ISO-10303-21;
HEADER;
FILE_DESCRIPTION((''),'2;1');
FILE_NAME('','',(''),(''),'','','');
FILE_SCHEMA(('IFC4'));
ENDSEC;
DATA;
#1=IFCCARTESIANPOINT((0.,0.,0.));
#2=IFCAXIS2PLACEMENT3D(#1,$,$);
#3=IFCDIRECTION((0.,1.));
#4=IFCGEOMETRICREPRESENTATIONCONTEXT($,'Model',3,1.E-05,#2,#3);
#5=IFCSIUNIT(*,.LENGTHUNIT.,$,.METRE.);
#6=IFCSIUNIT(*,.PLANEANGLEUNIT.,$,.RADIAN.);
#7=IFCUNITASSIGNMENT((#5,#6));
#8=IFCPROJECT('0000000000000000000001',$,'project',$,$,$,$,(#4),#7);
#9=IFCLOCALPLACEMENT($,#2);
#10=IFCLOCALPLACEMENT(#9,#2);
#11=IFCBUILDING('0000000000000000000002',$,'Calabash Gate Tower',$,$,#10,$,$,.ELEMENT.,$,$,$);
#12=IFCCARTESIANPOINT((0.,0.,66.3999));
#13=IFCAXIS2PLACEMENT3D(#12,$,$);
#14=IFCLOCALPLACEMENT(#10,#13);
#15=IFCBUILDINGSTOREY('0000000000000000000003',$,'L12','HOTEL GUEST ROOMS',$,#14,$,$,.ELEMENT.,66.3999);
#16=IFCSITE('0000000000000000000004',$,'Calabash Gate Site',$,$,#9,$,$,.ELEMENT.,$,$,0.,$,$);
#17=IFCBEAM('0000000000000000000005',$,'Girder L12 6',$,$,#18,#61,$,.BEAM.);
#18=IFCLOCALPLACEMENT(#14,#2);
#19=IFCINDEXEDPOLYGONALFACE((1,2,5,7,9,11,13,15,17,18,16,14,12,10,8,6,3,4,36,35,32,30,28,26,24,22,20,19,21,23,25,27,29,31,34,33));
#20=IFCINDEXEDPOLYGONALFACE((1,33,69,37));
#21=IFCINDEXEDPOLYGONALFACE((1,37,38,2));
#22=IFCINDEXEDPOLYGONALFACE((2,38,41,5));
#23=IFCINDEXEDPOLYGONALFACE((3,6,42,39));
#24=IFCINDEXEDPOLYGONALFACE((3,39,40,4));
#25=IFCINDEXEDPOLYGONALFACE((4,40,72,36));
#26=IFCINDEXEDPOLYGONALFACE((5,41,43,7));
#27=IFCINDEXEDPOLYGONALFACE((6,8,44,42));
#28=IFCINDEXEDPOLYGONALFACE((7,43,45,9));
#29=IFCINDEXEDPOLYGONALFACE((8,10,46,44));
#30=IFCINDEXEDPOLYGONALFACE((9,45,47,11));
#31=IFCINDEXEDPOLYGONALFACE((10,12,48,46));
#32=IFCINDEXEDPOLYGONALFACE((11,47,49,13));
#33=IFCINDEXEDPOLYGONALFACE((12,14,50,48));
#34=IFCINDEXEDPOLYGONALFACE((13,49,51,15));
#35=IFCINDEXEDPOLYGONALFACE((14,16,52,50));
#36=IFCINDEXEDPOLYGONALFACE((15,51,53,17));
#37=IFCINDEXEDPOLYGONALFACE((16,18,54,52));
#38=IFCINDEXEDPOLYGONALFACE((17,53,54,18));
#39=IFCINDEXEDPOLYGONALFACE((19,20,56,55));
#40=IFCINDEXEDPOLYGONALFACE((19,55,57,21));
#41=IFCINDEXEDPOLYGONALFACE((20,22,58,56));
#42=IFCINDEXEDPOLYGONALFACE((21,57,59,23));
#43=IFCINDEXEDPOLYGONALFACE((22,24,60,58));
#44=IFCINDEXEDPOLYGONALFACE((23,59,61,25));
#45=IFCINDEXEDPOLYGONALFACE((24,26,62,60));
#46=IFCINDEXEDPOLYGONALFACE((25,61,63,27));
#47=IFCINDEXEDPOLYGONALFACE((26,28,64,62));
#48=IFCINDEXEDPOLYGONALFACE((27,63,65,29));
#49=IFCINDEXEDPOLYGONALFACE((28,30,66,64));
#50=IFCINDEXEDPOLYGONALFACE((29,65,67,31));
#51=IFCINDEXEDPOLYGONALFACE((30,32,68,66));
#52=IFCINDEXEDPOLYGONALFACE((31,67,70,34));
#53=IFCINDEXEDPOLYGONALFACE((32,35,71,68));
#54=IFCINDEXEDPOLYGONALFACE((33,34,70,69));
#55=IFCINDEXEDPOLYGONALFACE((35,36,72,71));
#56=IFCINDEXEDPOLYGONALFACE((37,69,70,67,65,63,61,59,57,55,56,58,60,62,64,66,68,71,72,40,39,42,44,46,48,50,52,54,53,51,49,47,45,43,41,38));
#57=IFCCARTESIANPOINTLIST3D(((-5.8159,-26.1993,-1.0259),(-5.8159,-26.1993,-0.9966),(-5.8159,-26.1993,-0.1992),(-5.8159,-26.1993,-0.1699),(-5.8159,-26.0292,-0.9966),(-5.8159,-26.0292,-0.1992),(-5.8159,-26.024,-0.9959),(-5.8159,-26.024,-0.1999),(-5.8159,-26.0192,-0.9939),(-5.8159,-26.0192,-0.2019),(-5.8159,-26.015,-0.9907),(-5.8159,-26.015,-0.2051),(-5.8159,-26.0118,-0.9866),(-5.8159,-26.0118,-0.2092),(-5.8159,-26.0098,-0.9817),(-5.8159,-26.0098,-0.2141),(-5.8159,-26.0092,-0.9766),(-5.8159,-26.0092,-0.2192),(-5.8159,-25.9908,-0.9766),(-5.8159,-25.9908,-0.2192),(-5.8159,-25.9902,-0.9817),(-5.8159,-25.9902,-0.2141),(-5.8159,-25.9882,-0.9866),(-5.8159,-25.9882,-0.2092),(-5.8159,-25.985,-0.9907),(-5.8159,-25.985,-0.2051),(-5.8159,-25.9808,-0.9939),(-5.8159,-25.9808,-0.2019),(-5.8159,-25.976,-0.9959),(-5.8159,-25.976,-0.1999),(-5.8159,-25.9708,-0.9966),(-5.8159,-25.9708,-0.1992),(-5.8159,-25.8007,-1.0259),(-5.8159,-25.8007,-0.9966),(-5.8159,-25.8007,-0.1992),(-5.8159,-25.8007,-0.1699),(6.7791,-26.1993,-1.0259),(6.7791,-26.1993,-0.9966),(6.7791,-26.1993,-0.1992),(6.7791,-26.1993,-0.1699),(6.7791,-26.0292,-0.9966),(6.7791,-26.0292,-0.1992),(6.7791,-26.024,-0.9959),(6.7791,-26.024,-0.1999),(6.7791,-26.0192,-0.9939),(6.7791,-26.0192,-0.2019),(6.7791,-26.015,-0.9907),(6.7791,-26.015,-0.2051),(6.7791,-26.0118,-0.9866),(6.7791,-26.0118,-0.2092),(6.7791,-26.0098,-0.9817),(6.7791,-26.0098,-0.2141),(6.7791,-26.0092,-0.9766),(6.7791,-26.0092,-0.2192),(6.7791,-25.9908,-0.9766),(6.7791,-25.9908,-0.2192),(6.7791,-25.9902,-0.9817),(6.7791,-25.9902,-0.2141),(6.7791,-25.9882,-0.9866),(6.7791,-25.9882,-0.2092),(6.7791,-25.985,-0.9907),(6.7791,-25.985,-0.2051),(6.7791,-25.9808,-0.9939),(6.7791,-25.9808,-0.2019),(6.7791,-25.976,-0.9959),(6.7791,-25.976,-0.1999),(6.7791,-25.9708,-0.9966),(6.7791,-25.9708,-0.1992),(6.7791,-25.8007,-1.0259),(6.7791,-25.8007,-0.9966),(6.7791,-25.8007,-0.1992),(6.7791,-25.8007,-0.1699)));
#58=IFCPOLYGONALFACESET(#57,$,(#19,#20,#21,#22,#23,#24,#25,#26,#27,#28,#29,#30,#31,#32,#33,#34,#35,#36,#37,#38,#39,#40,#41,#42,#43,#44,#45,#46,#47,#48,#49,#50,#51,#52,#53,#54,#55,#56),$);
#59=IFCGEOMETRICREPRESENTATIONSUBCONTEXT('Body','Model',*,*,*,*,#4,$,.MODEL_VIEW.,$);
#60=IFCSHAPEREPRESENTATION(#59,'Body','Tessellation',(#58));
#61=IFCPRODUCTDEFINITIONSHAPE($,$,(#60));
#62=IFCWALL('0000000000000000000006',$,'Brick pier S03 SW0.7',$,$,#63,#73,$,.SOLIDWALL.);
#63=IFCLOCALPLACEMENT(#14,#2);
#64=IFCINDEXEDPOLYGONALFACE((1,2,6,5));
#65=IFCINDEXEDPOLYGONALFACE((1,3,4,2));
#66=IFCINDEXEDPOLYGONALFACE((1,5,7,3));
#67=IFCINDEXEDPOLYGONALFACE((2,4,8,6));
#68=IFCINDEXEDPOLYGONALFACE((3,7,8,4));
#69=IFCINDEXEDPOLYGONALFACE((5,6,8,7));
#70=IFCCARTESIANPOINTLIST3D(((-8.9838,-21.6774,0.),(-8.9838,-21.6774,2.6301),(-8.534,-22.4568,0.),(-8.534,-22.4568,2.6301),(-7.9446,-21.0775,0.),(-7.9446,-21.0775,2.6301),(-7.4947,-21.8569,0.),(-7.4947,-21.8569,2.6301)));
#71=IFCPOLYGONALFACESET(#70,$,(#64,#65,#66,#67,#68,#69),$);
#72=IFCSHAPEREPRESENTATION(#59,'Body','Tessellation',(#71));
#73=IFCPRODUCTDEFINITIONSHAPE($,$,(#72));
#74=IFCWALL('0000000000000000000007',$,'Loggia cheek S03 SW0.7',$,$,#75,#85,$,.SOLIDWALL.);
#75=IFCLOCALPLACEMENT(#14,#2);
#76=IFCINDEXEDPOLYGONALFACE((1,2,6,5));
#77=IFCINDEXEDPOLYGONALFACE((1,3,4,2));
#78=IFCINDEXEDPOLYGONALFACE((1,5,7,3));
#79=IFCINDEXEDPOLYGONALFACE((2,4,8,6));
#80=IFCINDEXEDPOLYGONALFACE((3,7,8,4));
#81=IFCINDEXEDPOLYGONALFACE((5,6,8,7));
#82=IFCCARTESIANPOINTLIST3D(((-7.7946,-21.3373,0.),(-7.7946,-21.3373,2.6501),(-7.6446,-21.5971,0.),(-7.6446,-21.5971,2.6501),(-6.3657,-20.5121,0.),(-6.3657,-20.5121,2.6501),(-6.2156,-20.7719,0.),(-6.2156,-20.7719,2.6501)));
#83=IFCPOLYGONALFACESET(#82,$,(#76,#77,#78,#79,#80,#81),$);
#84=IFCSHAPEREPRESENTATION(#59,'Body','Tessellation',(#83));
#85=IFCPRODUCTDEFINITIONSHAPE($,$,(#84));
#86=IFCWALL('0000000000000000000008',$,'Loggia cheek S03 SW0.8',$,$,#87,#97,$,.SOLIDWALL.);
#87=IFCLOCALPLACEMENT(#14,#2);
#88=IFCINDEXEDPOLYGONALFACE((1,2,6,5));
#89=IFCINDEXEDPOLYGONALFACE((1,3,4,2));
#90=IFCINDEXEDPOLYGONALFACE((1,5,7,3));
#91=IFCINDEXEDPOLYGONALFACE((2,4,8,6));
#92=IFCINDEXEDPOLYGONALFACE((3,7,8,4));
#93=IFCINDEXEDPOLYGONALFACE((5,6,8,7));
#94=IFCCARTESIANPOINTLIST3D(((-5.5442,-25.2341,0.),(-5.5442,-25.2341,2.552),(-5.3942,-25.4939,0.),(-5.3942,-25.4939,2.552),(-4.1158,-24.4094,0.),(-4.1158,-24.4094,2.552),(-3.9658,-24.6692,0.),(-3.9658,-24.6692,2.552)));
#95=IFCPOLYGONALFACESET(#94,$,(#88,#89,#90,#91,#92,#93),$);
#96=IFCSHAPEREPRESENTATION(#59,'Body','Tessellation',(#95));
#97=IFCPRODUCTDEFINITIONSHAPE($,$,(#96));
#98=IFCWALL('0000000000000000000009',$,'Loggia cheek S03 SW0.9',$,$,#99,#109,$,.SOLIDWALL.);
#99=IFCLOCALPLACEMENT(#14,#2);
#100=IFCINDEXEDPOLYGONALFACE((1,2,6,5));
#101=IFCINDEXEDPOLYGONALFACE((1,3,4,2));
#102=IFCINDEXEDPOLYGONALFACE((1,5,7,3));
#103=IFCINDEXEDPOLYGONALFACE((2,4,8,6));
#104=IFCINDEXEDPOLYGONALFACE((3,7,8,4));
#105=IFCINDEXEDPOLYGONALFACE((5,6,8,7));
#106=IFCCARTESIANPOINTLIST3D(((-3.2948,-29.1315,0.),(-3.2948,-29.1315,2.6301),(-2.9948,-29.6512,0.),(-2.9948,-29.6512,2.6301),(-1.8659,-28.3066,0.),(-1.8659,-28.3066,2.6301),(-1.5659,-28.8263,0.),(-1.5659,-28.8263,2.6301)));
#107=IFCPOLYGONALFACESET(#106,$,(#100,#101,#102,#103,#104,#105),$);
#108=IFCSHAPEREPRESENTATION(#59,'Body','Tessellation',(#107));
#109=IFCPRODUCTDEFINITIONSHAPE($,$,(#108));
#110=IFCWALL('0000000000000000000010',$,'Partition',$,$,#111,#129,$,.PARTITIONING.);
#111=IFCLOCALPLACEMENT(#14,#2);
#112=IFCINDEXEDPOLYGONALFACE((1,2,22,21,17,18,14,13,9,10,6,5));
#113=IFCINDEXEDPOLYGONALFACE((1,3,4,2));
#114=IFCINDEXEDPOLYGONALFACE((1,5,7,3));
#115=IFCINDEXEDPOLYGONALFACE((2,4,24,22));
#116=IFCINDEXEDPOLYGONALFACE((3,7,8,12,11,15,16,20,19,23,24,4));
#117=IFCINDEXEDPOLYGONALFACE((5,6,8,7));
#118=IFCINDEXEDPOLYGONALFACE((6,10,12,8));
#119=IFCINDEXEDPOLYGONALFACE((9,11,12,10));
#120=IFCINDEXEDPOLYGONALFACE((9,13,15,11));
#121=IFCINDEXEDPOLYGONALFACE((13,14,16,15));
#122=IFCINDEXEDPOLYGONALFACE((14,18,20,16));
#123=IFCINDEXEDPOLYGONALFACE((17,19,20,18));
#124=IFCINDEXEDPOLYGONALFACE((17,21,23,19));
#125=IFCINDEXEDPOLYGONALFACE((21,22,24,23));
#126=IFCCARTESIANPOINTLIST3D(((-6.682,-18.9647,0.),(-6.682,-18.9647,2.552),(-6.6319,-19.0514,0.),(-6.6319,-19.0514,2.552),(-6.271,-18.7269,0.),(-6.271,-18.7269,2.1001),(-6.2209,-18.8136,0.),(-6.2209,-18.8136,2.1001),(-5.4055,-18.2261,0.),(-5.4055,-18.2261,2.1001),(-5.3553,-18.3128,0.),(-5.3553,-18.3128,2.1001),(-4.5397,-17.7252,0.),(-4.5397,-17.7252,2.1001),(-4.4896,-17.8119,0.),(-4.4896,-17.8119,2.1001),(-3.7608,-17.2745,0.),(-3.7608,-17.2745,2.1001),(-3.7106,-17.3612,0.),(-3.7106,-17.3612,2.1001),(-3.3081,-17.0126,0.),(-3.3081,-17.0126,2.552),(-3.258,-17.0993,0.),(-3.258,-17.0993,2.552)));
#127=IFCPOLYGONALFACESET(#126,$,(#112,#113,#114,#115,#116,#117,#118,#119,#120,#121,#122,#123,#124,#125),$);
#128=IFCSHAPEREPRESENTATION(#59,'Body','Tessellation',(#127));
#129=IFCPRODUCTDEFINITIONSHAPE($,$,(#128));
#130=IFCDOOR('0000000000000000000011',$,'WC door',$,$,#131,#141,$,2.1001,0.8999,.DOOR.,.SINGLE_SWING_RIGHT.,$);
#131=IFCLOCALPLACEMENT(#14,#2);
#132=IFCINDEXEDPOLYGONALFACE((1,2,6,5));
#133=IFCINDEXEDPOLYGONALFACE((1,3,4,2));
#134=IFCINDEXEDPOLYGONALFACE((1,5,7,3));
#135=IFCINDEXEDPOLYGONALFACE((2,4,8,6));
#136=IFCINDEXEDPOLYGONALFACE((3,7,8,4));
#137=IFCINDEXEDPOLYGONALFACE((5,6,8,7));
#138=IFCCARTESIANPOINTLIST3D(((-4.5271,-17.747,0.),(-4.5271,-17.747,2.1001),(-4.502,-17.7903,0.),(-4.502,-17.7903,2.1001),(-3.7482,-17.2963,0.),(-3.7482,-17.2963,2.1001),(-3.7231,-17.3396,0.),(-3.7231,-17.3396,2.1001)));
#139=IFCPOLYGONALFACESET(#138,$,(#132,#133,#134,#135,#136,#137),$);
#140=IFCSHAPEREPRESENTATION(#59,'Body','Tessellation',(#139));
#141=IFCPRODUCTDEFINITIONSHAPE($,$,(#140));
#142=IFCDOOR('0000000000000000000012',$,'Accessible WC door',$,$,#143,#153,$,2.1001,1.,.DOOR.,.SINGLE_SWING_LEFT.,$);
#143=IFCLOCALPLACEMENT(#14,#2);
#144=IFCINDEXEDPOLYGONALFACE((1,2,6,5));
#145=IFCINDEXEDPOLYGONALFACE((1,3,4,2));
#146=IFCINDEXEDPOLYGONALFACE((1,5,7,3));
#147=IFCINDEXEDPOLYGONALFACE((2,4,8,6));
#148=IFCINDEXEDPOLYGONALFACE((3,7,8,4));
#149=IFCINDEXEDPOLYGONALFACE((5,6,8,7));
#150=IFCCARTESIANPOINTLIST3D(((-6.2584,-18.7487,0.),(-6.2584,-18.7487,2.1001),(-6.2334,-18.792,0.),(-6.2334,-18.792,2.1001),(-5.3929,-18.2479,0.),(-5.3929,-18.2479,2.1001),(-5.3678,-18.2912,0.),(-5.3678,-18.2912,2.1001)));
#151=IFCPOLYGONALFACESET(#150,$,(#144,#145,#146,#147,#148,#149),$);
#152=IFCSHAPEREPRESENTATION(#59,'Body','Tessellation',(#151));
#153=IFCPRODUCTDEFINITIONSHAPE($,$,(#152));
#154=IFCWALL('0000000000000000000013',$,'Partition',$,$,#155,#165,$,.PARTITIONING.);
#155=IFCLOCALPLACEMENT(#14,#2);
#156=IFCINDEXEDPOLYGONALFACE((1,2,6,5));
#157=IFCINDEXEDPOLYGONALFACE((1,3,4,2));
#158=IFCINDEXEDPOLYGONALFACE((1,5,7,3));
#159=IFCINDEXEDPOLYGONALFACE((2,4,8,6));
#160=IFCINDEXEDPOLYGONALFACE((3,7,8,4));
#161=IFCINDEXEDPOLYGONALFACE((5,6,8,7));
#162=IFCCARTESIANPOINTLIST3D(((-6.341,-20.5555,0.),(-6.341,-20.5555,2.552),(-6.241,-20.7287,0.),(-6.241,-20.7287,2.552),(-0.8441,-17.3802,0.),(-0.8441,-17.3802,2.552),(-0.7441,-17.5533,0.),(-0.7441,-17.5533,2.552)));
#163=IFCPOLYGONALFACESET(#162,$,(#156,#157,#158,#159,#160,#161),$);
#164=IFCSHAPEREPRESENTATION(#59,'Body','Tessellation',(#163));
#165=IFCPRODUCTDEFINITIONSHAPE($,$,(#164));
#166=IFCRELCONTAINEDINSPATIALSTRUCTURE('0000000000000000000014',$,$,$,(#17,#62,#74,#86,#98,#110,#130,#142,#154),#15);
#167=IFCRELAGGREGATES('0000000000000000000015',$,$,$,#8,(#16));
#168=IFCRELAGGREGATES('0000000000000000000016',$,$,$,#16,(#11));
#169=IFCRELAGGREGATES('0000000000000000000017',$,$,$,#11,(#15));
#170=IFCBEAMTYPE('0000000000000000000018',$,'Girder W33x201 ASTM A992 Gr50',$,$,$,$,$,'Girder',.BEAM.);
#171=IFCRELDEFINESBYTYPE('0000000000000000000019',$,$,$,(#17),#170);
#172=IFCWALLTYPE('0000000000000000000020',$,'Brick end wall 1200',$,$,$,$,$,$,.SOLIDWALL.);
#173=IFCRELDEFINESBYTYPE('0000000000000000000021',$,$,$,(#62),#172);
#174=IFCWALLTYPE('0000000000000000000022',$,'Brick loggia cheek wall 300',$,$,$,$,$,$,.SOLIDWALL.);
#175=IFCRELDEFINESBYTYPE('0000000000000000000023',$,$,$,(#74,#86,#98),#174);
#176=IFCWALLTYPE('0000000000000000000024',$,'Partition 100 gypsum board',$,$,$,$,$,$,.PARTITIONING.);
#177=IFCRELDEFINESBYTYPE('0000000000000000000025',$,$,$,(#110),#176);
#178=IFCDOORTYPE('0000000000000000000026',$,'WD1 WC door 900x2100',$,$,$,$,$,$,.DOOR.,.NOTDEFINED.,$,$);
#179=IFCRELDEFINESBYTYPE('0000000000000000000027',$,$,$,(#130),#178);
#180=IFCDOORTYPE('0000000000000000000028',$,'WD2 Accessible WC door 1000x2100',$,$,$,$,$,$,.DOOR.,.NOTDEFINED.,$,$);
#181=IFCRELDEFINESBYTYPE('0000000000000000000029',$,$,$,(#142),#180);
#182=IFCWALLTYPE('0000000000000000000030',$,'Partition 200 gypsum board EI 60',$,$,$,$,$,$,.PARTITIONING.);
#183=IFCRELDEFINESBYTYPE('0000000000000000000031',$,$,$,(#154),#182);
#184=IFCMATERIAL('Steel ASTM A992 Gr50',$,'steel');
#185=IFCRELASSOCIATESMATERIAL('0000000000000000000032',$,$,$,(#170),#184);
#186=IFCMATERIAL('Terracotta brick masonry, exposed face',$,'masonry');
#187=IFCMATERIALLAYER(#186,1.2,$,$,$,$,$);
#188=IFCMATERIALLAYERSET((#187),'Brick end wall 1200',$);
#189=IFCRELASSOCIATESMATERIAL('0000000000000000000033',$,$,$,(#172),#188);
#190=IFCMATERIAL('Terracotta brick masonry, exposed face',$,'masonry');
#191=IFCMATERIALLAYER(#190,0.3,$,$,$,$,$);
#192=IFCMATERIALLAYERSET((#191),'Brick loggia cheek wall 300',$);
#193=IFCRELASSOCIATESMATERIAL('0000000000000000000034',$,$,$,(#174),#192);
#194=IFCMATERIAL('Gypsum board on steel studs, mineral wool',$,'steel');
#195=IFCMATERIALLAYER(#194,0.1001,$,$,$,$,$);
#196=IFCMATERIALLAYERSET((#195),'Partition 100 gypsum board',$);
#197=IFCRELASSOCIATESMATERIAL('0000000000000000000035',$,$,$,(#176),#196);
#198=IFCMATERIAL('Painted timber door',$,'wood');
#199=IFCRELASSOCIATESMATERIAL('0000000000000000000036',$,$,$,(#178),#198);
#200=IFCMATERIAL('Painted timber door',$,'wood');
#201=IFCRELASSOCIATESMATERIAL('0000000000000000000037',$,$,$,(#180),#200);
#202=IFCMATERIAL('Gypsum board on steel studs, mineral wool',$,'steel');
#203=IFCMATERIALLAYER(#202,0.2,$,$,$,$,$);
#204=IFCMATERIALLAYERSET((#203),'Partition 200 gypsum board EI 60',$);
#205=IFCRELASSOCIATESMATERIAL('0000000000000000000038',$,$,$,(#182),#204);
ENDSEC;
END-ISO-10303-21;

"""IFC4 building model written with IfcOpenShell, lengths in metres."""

from ifc_helpers import new_model, si_unit, direction, frame, frame_2d, origin, origin_2d, place, context, subcontext, project, spatial, rectangle, i_section, extrude, material, layer, layer_set, material_profile, profile_set, type_object, element, fill, save


model = new_model("IFC4")

# Units and contexts
model_context = context("Model", 3, precision=1e-05, world=origin(), true_north=direction((0.0, 1.0)))
body_context = subcontext(model_context, "Body", "Model", "MODEL_VIEW")
ifc_project = project(units=[si_unit("LENGTHUNIT", "METRE"), si_unit("PLANEANGLEUNIT", "RADIAN")], contexts=[model_context])

# Site, building, storey
site_placement = place(None, origin())
site = spatial("IfcSite", under=ifc_project, at=site_placement, Name="Calabash Gate Site", CompositionType="ELEMENT", RefElevation=0.0)
building_placement = place(site_placement, origin())
building = spatial("IfcBuilding", under=site, at=building_placement, Name="Calabash Gate Tower", CompositionType="ELEMENT")
storey_placement = place(building_placement, frame((0.0, 0.0, 66.3999)))
storey = spatial("IfcBuildingStorey", under=building, at=storey_placement, Name="L12", Description="HOTEL GUEST ROOMS", CompositionType="ELEMENT", Elevation=66.3999)

# Beam
ifc_material_1 = material(Name="Steel ASTM A992 Gr50", Category="steel")
ifc_material_profile_1 = material_profile(ifc_material_1, i_section(OverallWidth=0.3987, OverallDepth=0.856, WebThickness=0.0183, FlangeThickness=0.0293, FilletRadius=0.02, at=origin_2d()))
ifc_profile_set_1 = profile_set([ifc_material_profile_1], Name="Steel ASTM A992 Gr50")
beam_type_1 = type_object("IfcBeamType", Name="Girder W33x201 ASTM A992 Gr50", ElementType="Girder", PredefinedType="BEAM", material=ifc_profile_set_1)
beam_1_placement = place(storey_placement, frame((-5.8159, -26.0, -0.5979), z_axis=(1.0, 0.0, 0.0), x_axis=(0.0, 1.0, 0.0)))
element("IfcBeam", 1, at=beam_1_placement, inside=storey, type_object=beam_type_1, Name="Girder L12 6", PredefinedType="BEAM", context=body_context, shape_type="SweptSolid", body=[
    extrude(i_section(OverallWidth=0.3987, OverallDepth=0.856, WebThickness=0.0183, FlangeThickness=0.0293, FilletRadius=0.02, at=origin_2d()), origin(), (0.0, 0.0, 1.0), 12.595),
])

# Walls
ifc_material_2 = material(Name="Terracotta brick masonry, exposed face", Category="masonry")
ifc_layer_1 = layer(ifc_material_2, 1.2)
ifc_layer_set_1 = layer_set([ifc_layer_1], Name="Brick end wall 1200")
wall_type_1 = type_object("IfcWallType", Name="Brick end wall 1200", PredefinedType="SOLIDWALL", material=ifc_layer_set_1)
wall_1_placement = place(storey_placement, frame((-8.759, -22.0671, 0.0), z_axis=(0.0, 0.0, 1.0), x_axis=(0.866094, 0.499881, 0.0)))
element("IfcWall", 2, at=wall_1_placement, inside=storey, type_object=wall_type_1, Name="Brick pier S03 SW0.7", PredefinedType="SOLIDWALL", context=body_context, shape_type="SweptSolid", body=[
    extrude(rectangle(XDim=1.2, YDim=0.8999, at=frame_2d((0.6001, 0.0))), origin(), (0.0, 0.0, 1.0), 2.6301),
])
ifc_material_3 = material(Name="Terracotta brick masonry, exposed face", Category="masonry")
ifc_layer_2 = layer(ifc_material_3, 0.3)
ifc_layer_set_2 = layer_set([ifc_layer_2], Name="Brick loggia cheek wall 300")
wall_type_2 = type_object("IfcWallType", Name="Brick loggia cheek wall 300", PredefinedType="SOLIDWALL", material=ifc_layer_set_2)
wall_2_placement = place(storey_placement, frame((-7.7197, -21.4673, 0.0), z_axis=(0.0, 0.0, 1.0), x_axis=(0.865976, 0.500085, 0.0)))
element("IfcWall", 3, at=wall_2_placement, inside=storey, type_object=wall_type_2, Name="Loggia cheek S03 SW0.7", PredefinedType="SOLIDWALL", context=body_context, shape_type="SweptSolid", body=[
    extrude(rectangle(XDim=1.6501, YDim=0.3, at=frame_2d((0.8252, 0.0))), origin(), (0.0, 0.0, 1.0), 2.6501),
])
wall_3_placement = place(storey_placement, frame((-5.4692, -25.364, 0.0), z_axis=(0.0, 0.0, 1.0), x_axis=(0.86603, 0.499992, 0.0)))
element("IfcWall", 4, at=wall_3_placement, inside=storey, type_object=wall_type_2, Name="Loggia cheek S03 SW0.8", PredefinedType="SOLIDWALL", context=body_context, shape_type="SweptSolid", body=[
    extrude(rectangle(XDim=1.6494, YDim=0.3, at=frame_2d((0.8247, 0.0))), origin(), (0.0, 0.0, 1.0), 2.552),
])
wall_4_placement = place(storey_placement, frame((-3.1448, -29.3914, 0.0), z_axis=(0.0, 0.0, 1.0), x_axis=(0.86604, 0.499974, 0.0)))
element("IfcWall", 5, at=wall_4_placement, inside=storey, type_object=wall_type_2, Name="Loggia cheek S03 SW0.9", PredefinedType="SOLIDWALL", context=body_context, shape_type="SweptSolid", body=[
    extrude(rectangle(XDim=1.6499, YDim=0.6001, at=frame_2d((0.825, 0.0))), origin(), (0.0, 0.0, 1.0), 2.6301),
])

# Wall, openings, doors
ifc_material_4 = material(Name="Gypsum board on steel studs, mineral wool", Category="steel")
ifc_layer_3 = layer(ifc_material_4, 0.1001)
ifc_layer_set_3 = layer_set([ifc_layer_3], Name="Partition 100 gypsum board")
wall_type_3 = type_object("IfcWallType", Name="Partition 100 gypsum board", PredefinedType="PARTITIONING", material=ifc_layer_set_3)
wall_5_placement = place(storey_placement, frame((-6.657, -19.0081, 0.0), z_axis=(0.0, 0.0, 1.0), x_axis=(0.865563, 0.500799, 0.0)))
wall_5 = element("IfcWall", 6, at=wall_5_placement, inside=storey, type_object=wall_type_3, Name="Partition", PredefinedType="PARTITIONING", context=body_context, shape_type="SweptSolid", body=[
    extrude(rectangle(XDim=3.8979, YDim=0.1001, at=frame_2d((1.949, 0.0))), origin(), (0.0, 0.0, 1.0), 2.552),
])
opening_1_placement = place(wall_5_placement, frame((2.4751, 0.0, 0.0)))
opening_1 = element("IfcOpeningElement", 7, at=opening_1_placement, cuts=wall_5, PredefinedType="OPENING", context=body_context, shape_type="SweptSolid", body=[
    extrude(rectangle(XDim=0.8999, YDim=2.1001, at=frame_2d((0.45, 1.05))), frame((0.0, 0.0601, 0.0), z_axis=(0.0, -1.0, 0.0), x_axis=(1.0, 0.0, 0.0)), (0.0, 0.0, 1.0), 0.1201),
])
opening_2_placement = place(wall_5_placement, frame((0.4749, 0.0, 0.0)))
opening_2 = element("IfcOpeningElement", 8, at=opening_2_placement, cuts=wall_5, PredefinedType="OPENING", context=body_context, shape_type="SweptSolid", body=[
    extrude(rectangle(XDim=1.0, YDim=2.1001, at=frame_2d((0.5, 1.05))), frame((0.0, 0.0601, 0.0), z_axis=(0.0, -1.0, 0.0), x_axis=(1.0, 0.0, 0.0)), (0.0, 0.0, 1.0), 0.1201),
])
ifc_material_5 = material(Name="Painted timber door", Category="wood")
door_type_1 = type_object("IfcDoorType", Name="WD1 WC door 900x2100", OperationType="NOTDEFINED", PredefinedType="DOOR", material=ifc_material_5)
door_1_placement = place(opening_1_placement, origin())
door_1 = element("IfcDoor", 9, at=door_1_placement, inside=storey, type_object=door_type_1, Name="WC door", OperationType="SINGLE_SWING_RIGHT", OverallHeight=2.1001, OverallWidth=0.8999, PredefinedType="DOOR", context=body_context, shape_type="SweptSolid", body=[
    extrude(rectangle(XDim=0.8999, YDim=2.1001, at=frame_2d((0.45, 1.05))), frame((0.0, 0.0249, 0.0), z_axis=(0.0, -1.0, 0.0), x_axis=(1.0, 0.0, 0.0)), (0.0, 0.0, 1.0), 0.05),
])
fill(opening_1, door_1)
ifc_material_6 = material(Name="Painted timber door", Category="wood")
door_type_2 = type_object("IfcDoorType", Name="WD2 Accessible WC door 1000x2100", OperationType="NOTDEFINED", PredefinedType="DOOR", material=ifc_material_6)
door_2_placement = place(opening_2_placement, origin())
door_2 = element("IfcDoor", 10, at=door_2_placement, inside=storey, type_object=door_type_2, Name="Accessible WC door", OperationType="SINGLE_SWING_LEFT", OverallHeight=2.1001, OverallWidth=1.0, PredefinedType="DOOR", context=body_context, shape_type="SweptSolid", body=[
    extrude(rectangle(XDim=1.0, YDim=2.1001, at=frame_2d((0.5, 1.05))), frame((0.0, 0.0249, 0.0), z_axis=(0.0, -1.0, 0.0), x_axis=(1.0, 0.0, 0.0)), (0.0, 0.0, 1.0), 0.05),
])
fill(opening_2, door_2)

# Wall
ifc_material_7 = material(Name="Gypsum board on steel studs, mineral wool", Category="steel")
ifc_layer_4 = layer(ifc_material_7, 0.2)
ifc_layer_set_4 = layer_set([ifc_layer_4], Name="Partition 200 gypsum board EI 60")
wall_type_4 = type_object("IfcWallType", Name="Partition 200 gypsum board EI 60", PredefinedType="PARTITIONING", material=ifc_layer_set_4)
wall_6_placement = place(storey_placement, frame((-6.291, -20.6421, 0.0), z_axis=(0.0, 0.0, 1.0), x_axis=(0.865909, 0.500201, 0.0)))
element("IfcWall", 11, at=wall_6_placement, inside=storey, type_object=wall_type_4, Name="Partition", PredefinedType="PARTITIONING", context=body_context, shape_type="SweptSolid", body=[
    extrude(rectangle(XDim=6.3481, YDim=0.2, at=frame_2d((3.1741, 0.0))), origin(), (0.0, 0.0, 1.0), 2.552),
])

save(model, "model.ifc")
